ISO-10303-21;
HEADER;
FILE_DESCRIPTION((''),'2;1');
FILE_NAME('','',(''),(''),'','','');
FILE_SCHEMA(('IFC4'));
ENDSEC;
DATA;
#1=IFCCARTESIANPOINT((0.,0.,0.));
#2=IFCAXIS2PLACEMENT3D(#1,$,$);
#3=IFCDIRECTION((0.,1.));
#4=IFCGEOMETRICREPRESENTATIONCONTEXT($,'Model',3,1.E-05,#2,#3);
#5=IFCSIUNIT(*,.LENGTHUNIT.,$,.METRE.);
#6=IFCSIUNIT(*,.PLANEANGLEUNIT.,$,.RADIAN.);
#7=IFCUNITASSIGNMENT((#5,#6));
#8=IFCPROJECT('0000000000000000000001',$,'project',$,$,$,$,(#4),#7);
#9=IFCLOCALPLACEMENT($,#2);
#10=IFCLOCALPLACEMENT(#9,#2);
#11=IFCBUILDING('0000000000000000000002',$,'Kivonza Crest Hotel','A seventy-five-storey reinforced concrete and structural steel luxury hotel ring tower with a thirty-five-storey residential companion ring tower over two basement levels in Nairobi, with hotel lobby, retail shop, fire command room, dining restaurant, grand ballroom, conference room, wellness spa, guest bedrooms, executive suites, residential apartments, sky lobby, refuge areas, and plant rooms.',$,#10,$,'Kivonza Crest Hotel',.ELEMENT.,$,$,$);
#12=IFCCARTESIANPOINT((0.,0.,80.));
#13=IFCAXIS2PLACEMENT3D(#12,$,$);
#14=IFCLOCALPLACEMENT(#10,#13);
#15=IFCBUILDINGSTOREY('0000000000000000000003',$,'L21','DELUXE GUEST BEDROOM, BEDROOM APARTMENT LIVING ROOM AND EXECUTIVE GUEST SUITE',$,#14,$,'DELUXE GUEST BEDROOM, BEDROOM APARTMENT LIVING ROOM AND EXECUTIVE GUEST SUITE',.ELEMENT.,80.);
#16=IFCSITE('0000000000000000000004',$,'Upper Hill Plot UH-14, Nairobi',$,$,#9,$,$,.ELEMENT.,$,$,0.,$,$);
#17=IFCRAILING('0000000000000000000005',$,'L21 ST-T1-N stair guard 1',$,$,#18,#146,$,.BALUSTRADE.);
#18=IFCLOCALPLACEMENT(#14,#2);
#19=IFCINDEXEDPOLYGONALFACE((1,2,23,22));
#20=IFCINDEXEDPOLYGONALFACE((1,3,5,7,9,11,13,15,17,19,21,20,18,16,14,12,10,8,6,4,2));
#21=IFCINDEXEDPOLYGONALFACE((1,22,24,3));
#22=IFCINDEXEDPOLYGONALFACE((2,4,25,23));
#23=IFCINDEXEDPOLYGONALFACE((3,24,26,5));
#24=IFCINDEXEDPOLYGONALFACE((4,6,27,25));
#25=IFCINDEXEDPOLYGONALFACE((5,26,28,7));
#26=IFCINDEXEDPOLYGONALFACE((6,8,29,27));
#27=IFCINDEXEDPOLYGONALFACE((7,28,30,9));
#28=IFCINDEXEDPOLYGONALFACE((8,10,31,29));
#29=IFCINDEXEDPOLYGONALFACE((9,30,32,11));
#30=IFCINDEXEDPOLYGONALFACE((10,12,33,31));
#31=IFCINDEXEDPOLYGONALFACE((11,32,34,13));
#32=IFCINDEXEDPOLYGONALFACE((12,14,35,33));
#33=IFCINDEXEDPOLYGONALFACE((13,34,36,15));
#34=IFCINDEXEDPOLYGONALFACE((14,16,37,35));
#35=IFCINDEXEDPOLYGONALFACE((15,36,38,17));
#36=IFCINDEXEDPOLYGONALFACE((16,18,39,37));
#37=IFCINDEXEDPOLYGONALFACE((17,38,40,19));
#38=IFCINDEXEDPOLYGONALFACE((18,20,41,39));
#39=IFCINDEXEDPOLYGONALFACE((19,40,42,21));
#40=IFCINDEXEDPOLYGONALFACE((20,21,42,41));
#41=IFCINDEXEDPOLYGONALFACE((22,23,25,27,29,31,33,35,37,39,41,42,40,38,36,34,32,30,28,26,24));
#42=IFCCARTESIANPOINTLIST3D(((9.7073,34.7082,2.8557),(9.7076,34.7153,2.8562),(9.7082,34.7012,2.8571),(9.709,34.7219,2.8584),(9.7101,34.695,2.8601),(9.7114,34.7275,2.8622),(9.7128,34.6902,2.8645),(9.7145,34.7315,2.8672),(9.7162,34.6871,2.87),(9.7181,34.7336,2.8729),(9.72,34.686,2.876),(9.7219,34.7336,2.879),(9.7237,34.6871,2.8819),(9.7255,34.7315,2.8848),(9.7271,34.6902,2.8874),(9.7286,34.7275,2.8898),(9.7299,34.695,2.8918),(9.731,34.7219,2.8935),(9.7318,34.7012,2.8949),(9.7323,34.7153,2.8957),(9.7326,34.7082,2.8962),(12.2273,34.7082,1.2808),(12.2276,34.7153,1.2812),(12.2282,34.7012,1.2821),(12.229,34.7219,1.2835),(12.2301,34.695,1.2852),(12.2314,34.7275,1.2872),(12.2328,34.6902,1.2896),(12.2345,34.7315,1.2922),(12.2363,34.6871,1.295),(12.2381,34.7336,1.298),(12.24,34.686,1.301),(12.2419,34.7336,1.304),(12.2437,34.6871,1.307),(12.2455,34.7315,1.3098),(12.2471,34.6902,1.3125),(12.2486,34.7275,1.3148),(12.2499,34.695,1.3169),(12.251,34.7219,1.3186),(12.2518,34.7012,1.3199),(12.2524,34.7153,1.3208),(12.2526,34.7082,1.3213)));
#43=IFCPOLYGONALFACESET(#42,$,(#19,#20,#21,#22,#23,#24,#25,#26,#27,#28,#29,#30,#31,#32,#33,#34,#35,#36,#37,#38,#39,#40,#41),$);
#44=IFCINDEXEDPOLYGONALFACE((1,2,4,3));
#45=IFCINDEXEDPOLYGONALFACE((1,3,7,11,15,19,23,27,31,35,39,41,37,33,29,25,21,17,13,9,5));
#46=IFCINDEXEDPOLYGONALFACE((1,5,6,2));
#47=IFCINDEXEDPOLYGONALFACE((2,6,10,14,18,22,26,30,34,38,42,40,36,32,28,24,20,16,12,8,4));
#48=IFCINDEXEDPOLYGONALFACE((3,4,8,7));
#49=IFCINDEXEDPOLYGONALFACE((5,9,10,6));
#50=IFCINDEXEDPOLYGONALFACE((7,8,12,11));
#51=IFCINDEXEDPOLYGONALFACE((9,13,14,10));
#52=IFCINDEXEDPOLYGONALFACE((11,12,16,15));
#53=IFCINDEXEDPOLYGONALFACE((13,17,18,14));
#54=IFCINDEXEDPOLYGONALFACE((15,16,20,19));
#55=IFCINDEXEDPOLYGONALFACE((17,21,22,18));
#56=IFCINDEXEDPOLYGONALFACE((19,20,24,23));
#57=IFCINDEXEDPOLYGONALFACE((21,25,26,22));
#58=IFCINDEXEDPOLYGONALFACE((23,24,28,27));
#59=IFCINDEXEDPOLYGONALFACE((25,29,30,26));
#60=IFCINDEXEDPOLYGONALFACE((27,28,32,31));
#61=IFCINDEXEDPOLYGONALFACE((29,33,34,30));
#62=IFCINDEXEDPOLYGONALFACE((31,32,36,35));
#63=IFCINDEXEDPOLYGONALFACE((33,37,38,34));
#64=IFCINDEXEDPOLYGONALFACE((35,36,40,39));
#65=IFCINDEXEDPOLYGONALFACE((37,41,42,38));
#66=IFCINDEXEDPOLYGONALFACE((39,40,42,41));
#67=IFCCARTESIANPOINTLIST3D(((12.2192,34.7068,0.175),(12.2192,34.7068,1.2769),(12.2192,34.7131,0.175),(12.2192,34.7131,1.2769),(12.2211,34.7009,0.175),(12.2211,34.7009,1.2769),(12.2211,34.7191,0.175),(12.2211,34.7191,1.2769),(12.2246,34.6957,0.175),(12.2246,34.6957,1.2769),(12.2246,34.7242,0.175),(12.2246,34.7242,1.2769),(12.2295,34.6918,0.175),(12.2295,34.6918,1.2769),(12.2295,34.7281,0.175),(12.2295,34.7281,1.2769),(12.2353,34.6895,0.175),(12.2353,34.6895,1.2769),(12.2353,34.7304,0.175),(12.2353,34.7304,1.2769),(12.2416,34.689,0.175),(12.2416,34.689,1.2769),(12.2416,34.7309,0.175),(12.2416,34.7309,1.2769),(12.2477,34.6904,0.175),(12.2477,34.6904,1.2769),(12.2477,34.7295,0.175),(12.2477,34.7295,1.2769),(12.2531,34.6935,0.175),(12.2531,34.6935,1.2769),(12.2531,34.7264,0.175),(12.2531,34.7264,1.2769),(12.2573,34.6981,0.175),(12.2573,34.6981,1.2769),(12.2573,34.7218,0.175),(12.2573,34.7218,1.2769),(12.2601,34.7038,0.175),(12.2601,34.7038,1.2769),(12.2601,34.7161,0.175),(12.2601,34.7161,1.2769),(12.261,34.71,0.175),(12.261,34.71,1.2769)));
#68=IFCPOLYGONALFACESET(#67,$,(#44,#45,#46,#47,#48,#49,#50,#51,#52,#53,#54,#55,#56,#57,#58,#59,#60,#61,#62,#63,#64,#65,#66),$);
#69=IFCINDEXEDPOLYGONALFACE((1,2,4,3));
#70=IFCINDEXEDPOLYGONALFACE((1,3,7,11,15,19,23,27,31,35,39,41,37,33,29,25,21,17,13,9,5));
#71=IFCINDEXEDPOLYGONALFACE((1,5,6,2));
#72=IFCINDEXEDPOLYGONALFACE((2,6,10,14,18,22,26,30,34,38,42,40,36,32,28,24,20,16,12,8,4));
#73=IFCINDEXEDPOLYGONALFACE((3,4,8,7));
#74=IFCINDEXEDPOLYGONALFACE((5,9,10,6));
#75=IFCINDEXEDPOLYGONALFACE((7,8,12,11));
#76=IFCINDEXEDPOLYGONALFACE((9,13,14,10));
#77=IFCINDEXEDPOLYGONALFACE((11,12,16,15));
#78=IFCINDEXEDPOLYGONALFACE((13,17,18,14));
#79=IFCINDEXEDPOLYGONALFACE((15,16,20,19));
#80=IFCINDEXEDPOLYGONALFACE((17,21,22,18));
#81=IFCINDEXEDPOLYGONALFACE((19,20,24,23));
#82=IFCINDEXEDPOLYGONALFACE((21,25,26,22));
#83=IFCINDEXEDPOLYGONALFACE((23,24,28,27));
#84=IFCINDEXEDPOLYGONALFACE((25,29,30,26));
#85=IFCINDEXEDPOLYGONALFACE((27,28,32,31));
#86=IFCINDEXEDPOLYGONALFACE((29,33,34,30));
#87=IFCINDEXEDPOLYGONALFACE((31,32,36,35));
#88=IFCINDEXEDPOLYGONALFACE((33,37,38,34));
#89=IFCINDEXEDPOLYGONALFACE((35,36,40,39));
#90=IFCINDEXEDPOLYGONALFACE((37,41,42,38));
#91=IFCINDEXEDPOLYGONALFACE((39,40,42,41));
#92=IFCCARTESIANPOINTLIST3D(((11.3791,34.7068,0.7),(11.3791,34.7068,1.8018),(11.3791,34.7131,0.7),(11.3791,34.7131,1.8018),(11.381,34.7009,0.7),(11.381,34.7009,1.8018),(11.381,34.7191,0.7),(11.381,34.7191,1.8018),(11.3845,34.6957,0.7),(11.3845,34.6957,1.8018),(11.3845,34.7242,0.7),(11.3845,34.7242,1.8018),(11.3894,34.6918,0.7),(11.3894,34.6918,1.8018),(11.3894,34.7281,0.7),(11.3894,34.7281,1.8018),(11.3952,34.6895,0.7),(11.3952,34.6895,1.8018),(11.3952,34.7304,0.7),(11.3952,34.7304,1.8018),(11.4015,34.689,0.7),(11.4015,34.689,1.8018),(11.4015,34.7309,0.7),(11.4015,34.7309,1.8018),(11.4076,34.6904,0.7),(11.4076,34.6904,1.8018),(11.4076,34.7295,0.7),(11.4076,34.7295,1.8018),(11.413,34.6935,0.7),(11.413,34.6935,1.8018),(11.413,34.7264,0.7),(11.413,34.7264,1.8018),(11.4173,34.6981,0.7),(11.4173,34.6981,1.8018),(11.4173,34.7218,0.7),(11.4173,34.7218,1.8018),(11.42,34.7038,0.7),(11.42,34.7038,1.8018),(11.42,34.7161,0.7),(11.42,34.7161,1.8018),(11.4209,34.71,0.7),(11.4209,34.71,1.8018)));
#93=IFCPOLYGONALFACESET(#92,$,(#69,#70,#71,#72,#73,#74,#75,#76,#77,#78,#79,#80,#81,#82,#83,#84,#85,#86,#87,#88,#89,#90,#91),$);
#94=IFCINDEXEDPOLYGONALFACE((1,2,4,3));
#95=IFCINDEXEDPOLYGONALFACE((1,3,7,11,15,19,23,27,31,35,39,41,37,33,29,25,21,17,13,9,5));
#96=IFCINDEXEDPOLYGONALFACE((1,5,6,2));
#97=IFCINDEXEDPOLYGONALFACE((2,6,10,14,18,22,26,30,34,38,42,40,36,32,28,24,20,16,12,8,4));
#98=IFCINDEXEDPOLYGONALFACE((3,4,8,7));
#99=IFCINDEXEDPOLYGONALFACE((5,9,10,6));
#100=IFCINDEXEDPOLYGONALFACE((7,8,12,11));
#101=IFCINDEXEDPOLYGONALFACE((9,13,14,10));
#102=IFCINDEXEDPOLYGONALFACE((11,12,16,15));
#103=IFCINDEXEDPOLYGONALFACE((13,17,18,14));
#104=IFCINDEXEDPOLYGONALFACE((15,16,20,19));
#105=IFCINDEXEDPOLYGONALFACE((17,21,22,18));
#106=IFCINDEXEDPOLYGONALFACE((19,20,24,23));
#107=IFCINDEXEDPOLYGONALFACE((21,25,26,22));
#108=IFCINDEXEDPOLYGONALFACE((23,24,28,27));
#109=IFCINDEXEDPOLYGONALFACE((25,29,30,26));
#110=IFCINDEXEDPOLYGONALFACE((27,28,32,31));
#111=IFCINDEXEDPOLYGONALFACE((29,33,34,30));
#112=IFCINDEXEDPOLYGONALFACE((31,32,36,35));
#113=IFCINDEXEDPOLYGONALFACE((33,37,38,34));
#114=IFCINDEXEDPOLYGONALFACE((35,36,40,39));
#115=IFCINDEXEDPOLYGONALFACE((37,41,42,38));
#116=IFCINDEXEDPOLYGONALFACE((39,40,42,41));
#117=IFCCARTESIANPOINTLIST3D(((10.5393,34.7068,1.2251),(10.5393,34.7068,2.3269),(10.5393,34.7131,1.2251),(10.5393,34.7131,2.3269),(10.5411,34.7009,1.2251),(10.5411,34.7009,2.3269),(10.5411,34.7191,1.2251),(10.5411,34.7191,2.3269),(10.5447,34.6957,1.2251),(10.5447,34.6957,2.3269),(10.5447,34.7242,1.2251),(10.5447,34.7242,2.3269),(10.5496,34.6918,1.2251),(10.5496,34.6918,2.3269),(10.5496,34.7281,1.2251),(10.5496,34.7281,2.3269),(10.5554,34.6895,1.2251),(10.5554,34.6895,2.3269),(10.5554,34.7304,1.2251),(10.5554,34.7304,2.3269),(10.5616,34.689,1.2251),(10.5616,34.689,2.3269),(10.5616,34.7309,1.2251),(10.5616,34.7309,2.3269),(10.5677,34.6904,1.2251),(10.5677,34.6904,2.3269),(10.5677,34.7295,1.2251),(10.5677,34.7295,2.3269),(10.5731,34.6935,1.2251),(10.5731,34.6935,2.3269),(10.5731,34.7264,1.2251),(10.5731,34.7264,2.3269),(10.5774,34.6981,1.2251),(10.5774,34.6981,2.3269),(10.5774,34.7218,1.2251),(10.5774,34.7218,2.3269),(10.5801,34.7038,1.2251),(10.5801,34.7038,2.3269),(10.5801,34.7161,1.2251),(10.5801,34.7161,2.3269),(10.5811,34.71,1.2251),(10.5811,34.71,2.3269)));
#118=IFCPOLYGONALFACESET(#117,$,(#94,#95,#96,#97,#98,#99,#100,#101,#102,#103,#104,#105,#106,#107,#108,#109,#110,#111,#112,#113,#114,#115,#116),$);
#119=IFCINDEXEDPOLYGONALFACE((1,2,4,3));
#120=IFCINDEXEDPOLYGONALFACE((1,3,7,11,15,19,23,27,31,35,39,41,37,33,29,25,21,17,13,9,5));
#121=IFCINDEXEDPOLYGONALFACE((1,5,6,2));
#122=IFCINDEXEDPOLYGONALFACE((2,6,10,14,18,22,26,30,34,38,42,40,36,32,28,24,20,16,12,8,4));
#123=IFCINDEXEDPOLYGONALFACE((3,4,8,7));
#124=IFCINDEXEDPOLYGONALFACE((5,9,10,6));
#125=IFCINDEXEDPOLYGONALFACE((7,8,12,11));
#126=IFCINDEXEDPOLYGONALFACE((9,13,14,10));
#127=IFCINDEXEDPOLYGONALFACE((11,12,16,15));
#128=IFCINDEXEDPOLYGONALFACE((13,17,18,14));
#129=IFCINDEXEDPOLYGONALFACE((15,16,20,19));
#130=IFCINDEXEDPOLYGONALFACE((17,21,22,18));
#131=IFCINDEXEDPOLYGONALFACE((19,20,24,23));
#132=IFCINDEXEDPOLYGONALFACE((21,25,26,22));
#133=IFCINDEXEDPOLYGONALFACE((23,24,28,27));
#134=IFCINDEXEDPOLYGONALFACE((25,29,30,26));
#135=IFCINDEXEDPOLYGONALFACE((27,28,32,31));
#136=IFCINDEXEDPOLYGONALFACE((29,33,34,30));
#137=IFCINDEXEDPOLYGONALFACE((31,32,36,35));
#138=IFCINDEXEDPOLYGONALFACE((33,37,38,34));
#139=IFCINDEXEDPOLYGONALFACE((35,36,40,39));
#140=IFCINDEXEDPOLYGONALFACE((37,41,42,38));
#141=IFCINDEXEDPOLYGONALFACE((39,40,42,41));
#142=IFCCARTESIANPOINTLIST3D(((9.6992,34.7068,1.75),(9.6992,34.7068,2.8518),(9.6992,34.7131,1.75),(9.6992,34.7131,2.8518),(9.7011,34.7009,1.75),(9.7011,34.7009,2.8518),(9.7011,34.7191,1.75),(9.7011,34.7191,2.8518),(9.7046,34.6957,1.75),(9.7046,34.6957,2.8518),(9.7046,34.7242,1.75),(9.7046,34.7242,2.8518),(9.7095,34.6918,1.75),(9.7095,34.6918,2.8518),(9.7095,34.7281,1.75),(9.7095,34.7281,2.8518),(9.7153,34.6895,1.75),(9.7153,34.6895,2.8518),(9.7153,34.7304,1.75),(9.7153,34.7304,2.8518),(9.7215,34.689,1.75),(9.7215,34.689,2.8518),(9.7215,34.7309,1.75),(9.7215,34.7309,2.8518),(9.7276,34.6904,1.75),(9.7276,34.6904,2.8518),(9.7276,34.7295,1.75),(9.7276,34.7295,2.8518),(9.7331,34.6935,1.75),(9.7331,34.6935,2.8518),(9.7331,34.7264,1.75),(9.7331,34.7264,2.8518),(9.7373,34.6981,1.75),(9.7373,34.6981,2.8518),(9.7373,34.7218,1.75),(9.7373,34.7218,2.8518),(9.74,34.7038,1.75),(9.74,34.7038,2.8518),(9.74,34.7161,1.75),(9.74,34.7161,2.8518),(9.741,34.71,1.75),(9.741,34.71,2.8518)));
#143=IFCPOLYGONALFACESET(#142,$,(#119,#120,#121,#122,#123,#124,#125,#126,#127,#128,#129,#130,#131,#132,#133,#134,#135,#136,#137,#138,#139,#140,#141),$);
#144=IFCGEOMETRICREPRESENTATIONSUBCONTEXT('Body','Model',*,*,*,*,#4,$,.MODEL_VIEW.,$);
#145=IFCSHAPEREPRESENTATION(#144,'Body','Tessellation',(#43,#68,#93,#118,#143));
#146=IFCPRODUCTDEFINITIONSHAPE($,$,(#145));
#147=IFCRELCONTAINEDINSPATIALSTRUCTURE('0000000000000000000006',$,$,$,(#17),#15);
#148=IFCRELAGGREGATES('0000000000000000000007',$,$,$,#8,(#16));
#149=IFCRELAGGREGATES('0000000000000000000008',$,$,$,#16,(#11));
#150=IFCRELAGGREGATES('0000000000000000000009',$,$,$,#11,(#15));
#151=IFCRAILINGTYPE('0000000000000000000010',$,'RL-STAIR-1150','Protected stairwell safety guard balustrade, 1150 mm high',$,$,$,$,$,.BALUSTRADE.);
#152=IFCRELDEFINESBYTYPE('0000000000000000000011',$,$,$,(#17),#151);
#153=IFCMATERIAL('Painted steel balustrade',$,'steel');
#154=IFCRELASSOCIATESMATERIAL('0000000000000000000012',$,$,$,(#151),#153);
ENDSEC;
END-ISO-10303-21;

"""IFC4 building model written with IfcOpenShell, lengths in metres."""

from ifc_helpers import new_model, si_unit, direction, frame, origin, origin_2d, place, context, subcontext, project, spatial, circle, extrude, material, type_object, element, save


model = new_model("IFC4")

# Units and contexts
model_context = context("Model", 3, precision=1e-05, world=origin(), true_north=direction((0.0, 1.0)))
body_context = subcontext(model_context, "Body", "Model", "MODEL_VIEW")
ifc_project = project(units=[si_unit("LENGTHUNIT", "METRE"), si_unit("PLANEANGLEUNIT", "RADIAN")], contexts=[model_context])

# Site, building, storey
site_placement = place(None, origin())
site = spatial("IfcSite", under=ifc_project, at=site_placement, Name="Upper Hill Plot UH-14, Nairobi", CompositionType="ELEMENT", RefElevation=0.0)
building_placement = place(site_placement, origin())
building = spatial("IfcBuilding", under=site, at=building_placement, Name="Kivonza Crest Hotel", Description="A seventy-five-storey reinforced concrete and structural steel luxury hotel ring tower with a thirty-five-storey residential companion ring tower over two basement levels in Nairobi, with hotel lobby, retail shop, fire command room, dining restaurant, grand ballroom, conference room, wellness spa, guest bedrooms, executive suites, residential apartments, sky lobby, refuge areas, and plant rooms.", LongName="Kivonza Crest Hotel", CompositionType="ELEMENT")
storey_placement = place(building_placement, frame((0.0, 0.0, 80.0)))
storey = spatial("IfcBuildingStorey", under=building, at=storey_placement, Name="L21", Description="DELUXE GUEST BEDROOM, BEDROOM APARTMENT LIVING ROOM AND EXECUTIVE GUEST SUITE", LongName="DELUXE GUEST BEDROOM, BEDROOM APARTMENT LIVING ROOM AND EXECUTIVE GUEST SUITE", CompositionType="ELEMENT", Elevation=80.0)

# Railing
ifc_material_1 = material(Name="Painted steel balustrade", Category="steel")
railing_type_1 = type_object("IfcRailingType", Name="RL-STAIR-1150", Description="Protected stairwell safety guard balustrade, 1150 mm high", PredefinedType="BALUSTRADE", material=ifc_material_1)
railing_1_placement = place(storey_placement, frame((12.24, 34.71, 0.175)))
element("IfcRailing", 1, at=railing_1_placement, inside=storey, type_object=railing_type_1, Name="L21 ST-T1-N stair guard 1", PredefinedType="BALUSTRADE", context=body_context, shape_type="SweptSolid", body=[
    extrude(circle(Radius=0.0239, at=origin_2d()), frame((0.0, 0.0, 1.126), z_axis=(-0.848008, 0.0, 0.529984), x_axis=(0.0, -1.0, 0.0)), (0.0, 0.0, 1.0), 2.9717),
    extrude(circle(Radius=0.021, at=origin_2d()), origin(), (0.0, 0.0, 1.0), 1.1018),
    extrude(circle(Radius=0.021, at=origin_2d()), frame((-0.8401, 0.0, 0.5249)), (0.0, 0.0, 1.0), 1.1018),
    extrude(circle(Radius=0.021, at=origin_2d()), frame((-1.6799, 0.0, 1.05)), (0.0, 0.0, 1.0), 1.1018),
    extrude(circle(Radius=0.021, at=origin_2d()), frame((-2.52, 0.0, 1.575)), (0.0, 0.0, 1.0), 1.1018),
])

save(model, "model.ifc")
